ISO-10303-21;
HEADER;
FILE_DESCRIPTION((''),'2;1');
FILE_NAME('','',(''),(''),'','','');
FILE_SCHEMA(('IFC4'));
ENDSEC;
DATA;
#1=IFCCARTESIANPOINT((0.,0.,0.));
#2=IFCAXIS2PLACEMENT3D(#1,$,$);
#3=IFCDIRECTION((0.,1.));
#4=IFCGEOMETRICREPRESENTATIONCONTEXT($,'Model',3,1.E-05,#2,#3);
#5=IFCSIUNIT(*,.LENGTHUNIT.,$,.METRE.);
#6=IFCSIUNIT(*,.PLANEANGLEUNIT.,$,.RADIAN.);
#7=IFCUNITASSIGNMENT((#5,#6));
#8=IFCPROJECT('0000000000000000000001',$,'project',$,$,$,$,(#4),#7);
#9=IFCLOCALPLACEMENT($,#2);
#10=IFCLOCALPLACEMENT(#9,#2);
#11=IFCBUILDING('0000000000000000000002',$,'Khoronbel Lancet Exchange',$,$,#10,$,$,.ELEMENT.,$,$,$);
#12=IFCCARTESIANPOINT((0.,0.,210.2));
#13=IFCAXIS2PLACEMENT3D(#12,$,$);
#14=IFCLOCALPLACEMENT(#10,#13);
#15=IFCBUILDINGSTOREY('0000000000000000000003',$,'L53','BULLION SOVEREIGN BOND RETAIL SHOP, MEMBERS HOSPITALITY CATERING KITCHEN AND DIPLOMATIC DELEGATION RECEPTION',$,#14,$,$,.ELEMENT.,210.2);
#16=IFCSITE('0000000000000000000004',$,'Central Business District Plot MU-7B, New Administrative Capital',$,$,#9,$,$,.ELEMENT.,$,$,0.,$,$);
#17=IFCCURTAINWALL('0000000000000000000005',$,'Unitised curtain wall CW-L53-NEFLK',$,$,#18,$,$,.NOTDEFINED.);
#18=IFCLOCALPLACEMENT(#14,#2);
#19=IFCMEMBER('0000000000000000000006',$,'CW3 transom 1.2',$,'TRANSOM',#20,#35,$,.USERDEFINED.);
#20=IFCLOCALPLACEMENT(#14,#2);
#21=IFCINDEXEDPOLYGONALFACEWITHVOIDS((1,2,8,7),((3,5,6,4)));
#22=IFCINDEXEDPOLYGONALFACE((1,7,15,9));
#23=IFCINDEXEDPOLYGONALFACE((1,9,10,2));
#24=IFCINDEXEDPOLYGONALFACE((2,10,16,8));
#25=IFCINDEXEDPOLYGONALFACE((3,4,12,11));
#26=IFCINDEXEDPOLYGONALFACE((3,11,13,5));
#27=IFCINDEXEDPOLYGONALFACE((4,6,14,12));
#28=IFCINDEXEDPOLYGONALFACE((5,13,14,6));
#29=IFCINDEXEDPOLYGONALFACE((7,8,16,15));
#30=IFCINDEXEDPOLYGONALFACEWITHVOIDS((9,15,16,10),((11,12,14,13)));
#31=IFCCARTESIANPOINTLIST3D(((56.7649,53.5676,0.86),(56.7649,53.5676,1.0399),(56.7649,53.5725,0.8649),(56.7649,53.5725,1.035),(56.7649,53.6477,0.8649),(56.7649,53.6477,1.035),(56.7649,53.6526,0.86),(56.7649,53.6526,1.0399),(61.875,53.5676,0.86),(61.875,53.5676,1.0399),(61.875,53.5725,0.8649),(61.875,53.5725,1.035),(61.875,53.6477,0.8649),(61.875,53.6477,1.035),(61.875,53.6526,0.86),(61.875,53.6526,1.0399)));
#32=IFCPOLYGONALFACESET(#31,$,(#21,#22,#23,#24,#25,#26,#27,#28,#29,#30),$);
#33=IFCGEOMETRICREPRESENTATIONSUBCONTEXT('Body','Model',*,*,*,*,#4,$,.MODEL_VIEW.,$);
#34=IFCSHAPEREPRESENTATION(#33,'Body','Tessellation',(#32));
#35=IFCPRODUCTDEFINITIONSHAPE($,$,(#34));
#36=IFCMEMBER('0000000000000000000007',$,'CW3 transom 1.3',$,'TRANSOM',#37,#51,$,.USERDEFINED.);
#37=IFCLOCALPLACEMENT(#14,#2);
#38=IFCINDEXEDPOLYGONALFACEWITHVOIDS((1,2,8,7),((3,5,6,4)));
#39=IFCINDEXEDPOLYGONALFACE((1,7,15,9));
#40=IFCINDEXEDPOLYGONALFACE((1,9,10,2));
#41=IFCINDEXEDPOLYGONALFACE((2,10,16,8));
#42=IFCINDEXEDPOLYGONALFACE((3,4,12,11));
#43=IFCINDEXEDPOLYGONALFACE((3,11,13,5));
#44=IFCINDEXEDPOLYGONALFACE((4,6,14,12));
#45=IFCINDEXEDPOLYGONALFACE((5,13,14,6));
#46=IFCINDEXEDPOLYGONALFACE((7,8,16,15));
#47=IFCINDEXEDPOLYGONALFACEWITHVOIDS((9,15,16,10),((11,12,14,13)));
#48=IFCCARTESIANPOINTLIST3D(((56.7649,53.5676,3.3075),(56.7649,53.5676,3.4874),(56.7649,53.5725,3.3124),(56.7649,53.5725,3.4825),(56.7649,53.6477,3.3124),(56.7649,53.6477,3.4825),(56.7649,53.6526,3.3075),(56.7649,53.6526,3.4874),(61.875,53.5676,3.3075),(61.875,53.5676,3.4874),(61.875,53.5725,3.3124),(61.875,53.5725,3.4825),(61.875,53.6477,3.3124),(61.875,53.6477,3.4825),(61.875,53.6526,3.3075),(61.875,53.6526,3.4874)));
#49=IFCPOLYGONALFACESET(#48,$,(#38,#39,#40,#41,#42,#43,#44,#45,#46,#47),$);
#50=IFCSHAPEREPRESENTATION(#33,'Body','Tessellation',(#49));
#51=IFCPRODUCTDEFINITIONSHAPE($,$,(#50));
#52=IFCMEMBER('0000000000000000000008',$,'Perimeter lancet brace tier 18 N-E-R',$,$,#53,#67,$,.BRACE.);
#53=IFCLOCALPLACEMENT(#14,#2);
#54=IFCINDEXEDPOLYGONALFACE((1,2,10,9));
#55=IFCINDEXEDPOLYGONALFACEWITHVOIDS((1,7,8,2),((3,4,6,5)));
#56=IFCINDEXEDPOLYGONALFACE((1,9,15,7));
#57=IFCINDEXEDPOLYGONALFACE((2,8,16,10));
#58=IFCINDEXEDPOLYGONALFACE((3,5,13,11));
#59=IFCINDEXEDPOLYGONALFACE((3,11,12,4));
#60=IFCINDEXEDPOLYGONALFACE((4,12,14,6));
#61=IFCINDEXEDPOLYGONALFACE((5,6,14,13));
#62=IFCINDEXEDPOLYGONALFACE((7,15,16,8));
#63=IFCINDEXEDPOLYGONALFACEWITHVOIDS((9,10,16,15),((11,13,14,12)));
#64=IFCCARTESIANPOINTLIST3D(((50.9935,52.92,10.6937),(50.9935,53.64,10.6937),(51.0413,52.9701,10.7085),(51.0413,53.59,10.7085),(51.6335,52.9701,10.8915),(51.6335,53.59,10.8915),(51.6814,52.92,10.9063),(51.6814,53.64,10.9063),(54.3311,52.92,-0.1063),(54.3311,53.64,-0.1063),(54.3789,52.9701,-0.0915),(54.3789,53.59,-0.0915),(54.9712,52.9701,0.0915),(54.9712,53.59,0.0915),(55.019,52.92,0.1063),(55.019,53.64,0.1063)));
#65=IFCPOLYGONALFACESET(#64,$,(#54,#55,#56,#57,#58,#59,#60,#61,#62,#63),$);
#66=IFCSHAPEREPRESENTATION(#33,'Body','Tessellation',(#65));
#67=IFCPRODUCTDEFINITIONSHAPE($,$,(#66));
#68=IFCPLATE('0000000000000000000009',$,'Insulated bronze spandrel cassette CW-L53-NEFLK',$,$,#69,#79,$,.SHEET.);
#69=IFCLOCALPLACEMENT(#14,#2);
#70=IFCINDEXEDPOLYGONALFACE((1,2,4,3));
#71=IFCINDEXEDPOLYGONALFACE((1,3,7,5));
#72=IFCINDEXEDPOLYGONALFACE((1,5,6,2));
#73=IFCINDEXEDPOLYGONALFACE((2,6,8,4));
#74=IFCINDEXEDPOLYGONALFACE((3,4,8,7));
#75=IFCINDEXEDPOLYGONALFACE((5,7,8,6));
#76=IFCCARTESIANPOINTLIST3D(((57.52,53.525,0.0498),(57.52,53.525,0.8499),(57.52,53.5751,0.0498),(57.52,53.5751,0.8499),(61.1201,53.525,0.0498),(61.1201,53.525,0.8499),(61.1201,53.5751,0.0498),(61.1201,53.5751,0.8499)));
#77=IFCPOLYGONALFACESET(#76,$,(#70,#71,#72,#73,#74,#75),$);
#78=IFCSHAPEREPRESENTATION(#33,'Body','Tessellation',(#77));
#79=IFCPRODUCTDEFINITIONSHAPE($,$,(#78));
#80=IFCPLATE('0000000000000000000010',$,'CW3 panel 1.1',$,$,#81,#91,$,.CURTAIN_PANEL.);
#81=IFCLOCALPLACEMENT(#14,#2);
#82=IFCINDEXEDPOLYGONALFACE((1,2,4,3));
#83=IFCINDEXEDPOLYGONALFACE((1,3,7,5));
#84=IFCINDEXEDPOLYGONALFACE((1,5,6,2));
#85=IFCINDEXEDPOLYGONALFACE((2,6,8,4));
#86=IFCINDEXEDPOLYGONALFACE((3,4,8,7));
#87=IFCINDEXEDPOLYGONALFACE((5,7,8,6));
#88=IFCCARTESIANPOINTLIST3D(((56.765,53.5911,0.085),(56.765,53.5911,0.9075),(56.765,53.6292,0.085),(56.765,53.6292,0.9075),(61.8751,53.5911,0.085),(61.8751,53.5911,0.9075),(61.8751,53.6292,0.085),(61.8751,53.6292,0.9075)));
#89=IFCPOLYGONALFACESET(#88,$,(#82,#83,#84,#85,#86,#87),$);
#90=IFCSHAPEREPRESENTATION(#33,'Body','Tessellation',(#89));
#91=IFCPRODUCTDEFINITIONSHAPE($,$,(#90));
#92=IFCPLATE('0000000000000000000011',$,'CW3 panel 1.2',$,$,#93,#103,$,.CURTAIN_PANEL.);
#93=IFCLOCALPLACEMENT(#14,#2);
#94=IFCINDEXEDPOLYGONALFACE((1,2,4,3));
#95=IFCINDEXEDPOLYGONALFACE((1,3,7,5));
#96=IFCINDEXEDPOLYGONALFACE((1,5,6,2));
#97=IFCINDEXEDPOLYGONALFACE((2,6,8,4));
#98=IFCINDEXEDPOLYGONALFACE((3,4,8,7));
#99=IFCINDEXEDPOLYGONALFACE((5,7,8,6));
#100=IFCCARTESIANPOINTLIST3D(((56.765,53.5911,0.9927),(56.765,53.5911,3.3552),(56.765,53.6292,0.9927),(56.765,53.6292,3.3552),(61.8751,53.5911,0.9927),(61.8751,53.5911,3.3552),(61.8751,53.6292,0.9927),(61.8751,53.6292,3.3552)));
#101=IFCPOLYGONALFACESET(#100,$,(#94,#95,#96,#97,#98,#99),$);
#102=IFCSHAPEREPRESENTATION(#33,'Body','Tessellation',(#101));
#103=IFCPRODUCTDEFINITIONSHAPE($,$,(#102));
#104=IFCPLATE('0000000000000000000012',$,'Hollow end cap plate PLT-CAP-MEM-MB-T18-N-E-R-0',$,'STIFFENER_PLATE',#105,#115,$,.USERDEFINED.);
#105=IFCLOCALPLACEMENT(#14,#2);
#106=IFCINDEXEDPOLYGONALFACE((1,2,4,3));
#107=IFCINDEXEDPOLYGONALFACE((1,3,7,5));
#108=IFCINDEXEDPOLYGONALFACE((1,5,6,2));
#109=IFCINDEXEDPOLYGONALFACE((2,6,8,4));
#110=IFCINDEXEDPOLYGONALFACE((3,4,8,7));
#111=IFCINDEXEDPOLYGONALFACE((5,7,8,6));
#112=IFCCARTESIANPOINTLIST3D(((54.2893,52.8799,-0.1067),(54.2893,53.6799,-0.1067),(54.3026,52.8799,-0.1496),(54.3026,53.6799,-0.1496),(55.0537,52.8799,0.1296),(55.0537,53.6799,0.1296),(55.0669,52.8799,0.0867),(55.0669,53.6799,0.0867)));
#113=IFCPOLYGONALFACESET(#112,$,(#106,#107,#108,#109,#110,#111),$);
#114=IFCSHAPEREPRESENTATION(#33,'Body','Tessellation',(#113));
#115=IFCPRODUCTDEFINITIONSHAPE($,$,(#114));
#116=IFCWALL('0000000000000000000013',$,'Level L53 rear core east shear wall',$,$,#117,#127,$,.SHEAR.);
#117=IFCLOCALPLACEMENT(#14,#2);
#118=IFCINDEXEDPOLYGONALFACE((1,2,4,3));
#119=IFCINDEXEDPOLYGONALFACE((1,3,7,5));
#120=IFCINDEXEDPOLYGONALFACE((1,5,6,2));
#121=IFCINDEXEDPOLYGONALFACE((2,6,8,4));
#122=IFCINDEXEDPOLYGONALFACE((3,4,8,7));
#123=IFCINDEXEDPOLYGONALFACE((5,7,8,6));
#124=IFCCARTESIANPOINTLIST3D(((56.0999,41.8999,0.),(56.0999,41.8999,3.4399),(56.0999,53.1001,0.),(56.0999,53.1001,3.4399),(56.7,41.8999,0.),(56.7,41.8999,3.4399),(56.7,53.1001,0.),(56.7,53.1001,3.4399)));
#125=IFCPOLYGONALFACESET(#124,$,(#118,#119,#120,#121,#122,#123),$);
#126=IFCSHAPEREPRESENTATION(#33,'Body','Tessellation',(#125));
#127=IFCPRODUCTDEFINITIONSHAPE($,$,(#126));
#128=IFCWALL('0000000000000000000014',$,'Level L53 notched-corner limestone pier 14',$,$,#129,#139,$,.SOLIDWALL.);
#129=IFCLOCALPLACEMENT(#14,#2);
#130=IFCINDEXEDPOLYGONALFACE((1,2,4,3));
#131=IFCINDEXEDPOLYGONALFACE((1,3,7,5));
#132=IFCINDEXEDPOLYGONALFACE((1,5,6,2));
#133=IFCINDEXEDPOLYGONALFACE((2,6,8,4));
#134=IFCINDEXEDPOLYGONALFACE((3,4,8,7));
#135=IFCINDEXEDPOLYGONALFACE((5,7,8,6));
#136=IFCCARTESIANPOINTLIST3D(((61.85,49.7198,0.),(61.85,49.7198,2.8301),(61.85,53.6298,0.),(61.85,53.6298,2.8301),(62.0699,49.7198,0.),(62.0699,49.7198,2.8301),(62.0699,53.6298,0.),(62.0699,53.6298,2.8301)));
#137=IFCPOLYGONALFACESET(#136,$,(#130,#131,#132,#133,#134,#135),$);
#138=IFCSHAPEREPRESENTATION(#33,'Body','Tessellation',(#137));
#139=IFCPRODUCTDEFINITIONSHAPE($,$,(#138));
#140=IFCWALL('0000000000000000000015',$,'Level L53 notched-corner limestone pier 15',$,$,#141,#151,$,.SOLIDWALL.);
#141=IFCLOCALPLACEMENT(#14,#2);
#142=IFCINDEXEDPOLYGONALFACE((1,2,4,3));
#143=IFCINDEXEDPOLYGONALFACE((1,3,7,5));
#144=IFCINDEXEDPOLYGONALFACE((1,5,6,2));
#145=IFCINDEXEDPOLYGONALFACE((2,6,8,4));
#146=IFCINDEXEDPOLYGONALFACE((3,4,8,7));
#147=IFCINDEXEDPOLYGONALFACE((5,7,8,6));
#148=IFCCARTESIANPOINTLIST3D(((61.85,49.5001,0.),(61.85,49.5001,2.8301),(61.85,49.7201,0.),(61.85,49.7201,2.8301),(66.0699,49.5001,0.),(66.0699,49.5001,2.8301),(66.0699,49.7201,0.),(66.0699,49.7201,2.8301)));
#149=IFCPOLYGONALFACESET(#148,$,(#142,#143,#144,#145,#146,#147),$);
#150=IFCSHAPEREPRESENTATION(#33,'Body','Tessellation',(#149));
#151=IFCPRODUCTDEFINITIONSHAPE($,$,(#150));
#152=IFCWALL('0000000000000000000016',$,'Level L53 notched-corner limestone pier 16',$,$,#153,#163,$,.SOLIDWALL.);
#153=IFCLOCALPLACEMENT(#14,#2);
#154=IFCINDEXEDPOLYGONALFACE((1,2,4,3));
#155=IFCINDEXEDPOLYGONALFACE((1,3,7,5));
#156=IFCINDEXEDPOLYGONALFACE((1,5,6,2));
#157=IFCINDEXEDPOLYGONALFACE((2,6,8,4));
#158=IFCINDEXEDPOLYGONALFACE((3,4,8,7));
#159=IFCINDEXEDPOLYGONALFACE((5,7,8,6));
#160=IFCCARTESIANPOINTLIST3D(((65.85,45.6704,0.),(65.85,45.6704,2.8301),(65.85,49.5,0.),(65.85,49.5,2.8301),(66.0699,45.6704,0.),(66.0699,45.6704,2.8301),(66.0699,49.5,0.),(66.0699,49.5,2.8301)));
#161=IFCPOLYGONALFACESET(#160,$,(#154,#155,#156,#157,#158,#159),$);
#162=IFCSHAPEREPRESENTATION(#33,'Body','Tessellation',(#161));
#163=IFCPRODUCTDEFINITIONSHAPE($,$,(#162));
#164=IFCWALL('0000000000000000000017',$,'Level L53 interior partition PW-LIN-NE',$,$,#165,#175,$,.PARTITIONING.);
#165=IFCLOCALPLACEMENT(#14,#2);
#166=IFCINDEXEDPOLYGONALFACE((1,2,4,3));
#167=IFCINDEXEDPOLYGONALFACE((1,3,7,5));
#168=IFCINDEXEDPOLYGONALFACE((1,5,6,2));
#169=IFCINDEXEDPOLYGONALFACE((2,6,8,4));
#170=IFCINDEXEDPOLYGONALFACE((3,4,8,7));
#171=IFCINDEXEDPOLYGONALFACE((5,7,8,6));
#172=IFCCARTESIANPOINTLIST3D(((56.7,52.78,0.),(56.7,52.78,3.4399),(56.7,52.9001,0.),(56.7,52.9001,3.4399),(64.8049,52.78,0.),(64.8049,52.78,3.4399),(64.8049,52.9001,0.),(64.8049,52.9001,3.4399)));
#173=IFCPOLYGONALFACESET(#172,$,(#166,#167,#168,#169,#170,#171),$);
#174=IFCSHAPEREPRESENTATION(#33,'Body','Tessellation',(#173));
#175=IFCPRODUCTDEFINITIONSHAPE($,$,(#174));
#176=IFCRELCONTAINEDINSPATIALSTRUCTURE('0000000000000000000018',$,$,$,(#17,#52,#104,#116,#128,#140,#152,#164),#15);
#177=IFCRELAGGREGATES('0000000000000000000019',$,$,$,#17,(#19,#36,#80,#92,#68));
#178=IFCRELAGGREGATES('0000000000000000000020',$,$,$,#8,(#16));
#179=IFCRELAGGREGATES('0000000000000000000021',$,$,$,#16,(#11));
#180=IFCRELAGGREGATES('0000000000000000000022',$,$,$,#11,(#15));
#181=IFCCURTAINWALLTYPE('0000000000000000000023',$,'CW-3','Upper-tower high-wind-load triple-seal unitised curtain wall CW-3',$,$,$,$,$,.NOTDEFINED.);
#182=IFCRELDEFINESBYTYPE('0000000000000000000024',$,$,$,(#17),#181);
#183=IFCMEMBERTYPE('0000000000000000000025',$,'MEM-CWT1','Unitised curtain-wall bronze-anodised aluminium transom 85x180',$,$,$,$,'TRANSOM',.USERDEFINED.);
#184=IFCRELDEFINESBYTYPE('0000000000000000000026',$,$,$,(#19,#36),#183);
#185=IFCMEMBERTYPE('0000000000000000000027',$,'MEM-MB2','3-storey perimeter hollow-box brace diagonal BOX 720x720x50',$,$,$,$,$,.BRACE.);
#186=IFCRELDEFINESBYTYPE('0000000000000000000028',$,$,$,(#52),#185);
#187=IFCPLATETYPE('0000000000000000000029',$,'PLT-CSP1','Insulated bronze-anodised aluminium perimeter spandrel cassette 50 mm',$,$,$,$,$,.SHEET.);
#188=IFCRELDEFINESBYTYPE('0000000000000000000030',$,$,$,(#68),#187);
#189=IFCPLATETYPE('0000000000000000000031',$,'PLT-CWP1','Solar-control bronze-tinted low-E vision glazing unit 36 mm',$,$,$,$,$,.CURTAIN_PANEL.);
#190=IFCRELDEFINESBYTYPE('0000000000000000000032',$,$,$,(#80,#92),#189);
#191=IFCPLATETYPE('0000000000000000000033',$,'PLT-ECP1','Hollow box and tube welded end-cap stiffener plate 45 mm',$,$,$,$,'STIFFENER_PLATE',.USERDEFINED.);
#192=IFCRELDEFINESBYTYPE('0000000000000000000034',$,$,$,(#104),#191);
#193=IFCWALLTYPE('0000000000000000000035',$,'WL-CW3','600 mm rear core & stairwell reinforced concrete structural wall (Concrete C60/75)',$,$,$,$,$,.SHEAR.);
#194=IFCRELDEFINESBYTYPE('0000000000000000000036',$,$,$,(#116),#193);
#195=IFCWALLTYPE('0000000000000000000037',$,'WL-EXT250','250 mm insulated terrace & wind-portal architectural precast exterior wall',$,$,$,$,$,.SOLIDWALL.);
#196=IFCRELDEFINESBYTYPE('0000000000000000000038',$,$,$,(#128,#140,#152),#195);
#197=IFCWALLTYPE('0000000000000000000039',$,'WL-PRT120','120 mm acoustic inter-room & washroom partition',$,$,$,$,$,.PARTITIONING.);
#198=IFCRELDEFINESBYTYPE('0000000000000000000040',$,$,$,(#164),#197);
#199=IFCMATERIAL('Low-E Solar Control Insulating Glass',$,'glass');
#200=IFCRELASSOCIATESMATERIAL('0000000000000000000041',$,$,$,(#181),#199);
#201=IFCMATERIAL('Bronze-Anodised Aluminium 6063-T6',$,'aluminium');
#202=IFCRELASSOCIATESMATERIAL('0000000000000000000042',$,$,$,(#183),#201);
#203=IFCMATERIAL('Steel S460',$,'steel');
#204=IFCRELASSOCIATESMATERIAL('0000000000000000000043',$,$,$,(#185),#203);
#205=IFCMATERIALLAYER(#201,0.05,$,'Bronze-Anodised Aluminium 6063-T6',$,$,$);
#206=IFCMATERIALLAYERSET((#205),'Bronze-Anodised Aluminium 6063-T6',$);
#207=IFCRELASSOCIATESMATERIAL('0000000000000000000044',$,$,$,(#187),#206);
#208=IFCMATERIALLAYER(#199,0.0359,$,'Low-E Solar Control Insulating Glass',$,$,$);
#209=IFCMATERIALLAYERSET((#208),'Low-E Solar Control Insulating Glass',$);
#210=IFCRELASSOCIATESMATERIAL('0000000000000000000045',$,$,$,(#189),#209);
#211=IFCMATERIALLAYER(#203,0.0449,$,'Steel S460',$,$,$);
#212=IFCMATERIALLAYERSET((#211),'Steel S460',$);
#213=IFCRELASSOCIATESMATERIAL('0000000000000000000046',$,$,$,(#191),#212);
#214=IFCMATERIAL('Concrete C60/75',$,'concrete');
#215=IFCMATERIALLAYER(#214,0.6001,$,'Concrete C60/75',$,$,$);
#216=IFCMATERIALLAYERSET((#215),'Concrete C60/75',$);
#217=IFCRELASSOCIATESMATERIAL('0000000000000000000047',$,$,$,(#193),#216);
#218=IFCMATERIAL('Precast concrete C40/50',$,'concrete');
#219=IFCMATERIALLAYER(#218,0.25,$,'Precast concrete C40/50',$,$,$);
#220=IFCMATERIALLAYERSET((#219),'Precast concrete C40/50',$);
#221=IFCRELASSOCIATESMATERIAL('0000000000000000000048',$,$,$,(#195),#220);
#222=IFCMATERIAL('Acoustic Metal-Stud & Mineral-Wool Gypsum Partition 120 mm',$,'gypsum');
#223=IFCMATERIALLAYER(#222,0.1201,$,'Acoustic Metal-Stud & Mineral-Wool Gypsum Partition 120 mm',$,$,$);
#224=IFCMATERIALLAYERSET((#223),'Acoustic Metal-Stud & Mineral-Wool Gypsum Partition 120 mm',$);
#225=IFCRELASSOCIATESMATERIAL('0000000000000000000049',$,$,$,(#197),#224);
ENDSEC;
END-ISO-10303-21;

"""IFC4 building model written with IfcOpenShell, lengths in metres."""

from ifc_helpers import new_model, si_unit, direction, frame, frame_2d, origin, origin_2d, place, context, subcontext, project, spatial, polyline, rectangle, hollow_rectangle, outline, extrude, material, layer, layer_set, material_profile, profile_set, type_object, element, aggregate, save


model = new_model("IFC4")

# Units and contexts
model_context = context("Model", 3, precision=1e-05, world=origin(), true_north=direction((0.0, 1.0)))
body_context = subcontext(model_context, "Body", "Model", "MODEL_VIEW")
ifc_project = project(units=[si_unit("LENGTHUNIT", "METRE"), si_unit("PLANEANGLEUNIT", "RADIAN")], contexts=[model_context])

# Site, building, storey
site_placement = place(None, origin())
site = spatial("IfcSite", under=ifc_project, at=site_placement, Name="Central Business District Plot MU-7B, New Administrative Capital", CompositionType="ELEMENT", RefElevation=0.0)
building_placement = place(site_placement, origin())
building = spatial("IfcBuilding", under=site, at=building_placement, Name="Khoronbel Lancet Exchange", CompositionType="ELEMENT")
storey_placement = place(building_placement, frame((0.0, 0.0, 210.2)))
storey = spatial("IfcBuildingStorey", under=building, at=storey_placement, Name="L53", Description="BULLION SOVEREIGN BOND RETAIL SHOP, MEMBERS HOSPITALITY CATERING KITCHEN AND DIPLOMATIC DELEGATION RECEPTION", CompositionType="ELEMENT", Elevation=210.2)

# Shared definitions
ifc_material_1 = material(Name="Steel S460", Category="steel")

# Curtain wall
ifc_material_2 = material(Name="Low-E Solar Control Insulating Glass", Category="glass")
curtain_wall_type_1 = type_object("IfcCurtainWallType", Name="CW-3", Description="Upper-tower high-wind-load triple-seal unitised curtain wall CW-3", PredefinedType="NOTDEFINED", material=ifc_material_2)
curtain_wall_1_placement = place(storey_placement, origin())
curtain_wall_1 = element("IfcCurtainWall", 1, at=curtain_wall_1_placement, inside=storey, type_object=curtain_wall_type_1, Name="Unitised curtain wall CW-L53-NEFLK", PredefinedType="NOTDEFINED")
ifc_material_3 = material(Name="Bronze-Anodised Aluminium 6063-T6", Category="aluminium")

# Members
ifc_material_profile_1 = material_profile(ifc_material_3, hollow_rectangle(XDim=0.085, YDim=0.1799, WallThickness=0.0049, at=origin_2d()), Name="ALU TRANSOM 85x180")
ifc_profile_set_1 = profile_set([ifc_material_profile_1], Name="Bronze-Anodised Aluminium 6063-T6")
member_type_1 = type_object("IfcMemberType", Name="MEM-CWT1", Description="Unitised curtain-wall bronze-anodised aluminium transom 85x180", ElementType="TRANSOM", PredefinedType="USERDEFINED", material=ifc_profile_set_1)
member_1_placement = place(storey_placement, frame((61.875, 53.6101, 0.95), z_axis=(-1.0, 0.0, 0.0), x_axis=(0.0, -1.0, 0.0)))
member_1 = element("IfcMember", 2, at=member_1_placement, type_object=member_type_1, Name="CW3 transom 1.2", ObjectType="TRANSOM", PredefinedType="USERDEFINED", context=body_context, shape_type="SweptSolid", body=[
    extrude(hollow_rectangle(XDim=0.085, YDim=0.1799, WallThickness=0.0049, at=origin_2d()), origin(), (0.0, 0.0, 1.0), 5.1101),
])
member_2_placement = place(storey_placement, frame((61.875, 53.6101, 3.3975), z_axis=(-1.0, 0.0, 0.0), x_axis=(0.0, -1.0, 0.0)))
member_2 = element("IfcMember", 3, at=member_2_placement, type_object=member_type_1, Name="CW3 transom 1.3", ObjectType="TRANSOM", PredefinedType="USERDEFINED", context=body_context, shape_type="SweptSolid", body=[
    extrude(hollow_rectangle(XDim=0.085, YDim=0.1799, WallThickness=0.0049, at=origin_2d()), origin(), (0.0, 0.0, 1.0), 5.1101),
])
ifc_material_profile_2 = material_profile(ifc_material_1, hollow_rectangle(XDim=0.72, YDim=0.72, WallThickness=0.05, at=origin_2d()), Name="BOX 720x720x50")
ifc_profile_set_2 = profile_set([ifc_material_profile_2], Name="Steel S460")
member_type_2 = type_object("IfcMemberType", Name="MEM-MB2", Description="3-storey perimeter hollow-box brace diagonal BOX 720x720x50", PredefinedType="BRACE", material=ifc_profile_set_2)
member_3_placement = place(storey_placement, frame((54.675, 53.28, 0.0), z_axis=(-0.295262, 0.0, 0.955416), x_axis=(0.0, -1.0, 0.0)))
element("IfcMember", 4, at=member_3_placement, inside=storey, type_object=member_type_2, Name="Perimeter lancet brace tier 18 N-E-R", PredefinedType="BRACE", context=body_context, shape_type="SweptSolid", body=[
    extrude(hollow_rectangle(XDim=0.72, YDim=0.72, WallThickness=0.05, at=origin_2d()), origin(), (0.0, 0.0, 1.0), 11.304),
])

# Plates
ifc_layer_1 = layer(ifc_material_3, 0.05, Name="Bronze-Anodised Aluminium 6063-T6")
ifc_layer_set_1 = layer_set([ifc_layer_1], Name="Bronze-Anodised Aluminium 6063-T6")
plate_type_1 = type_object("IfcPlateType", Name="PLT-CSP1", Description="Insulated bronze-anodised aluminium perimeter spandrel cassette 50 mm", PredefinedType="SHEET", material=ifc_layer_set_1)
plate_1_placement = place(storey_placement, frame((59.3201, 53.55, 0.0498), z_axis=(0.0, 0.0, 1.0), x_axis=(-1.0, 0.0, 0.0)))
plate_1 = element("IfcPlate", 5, at=plate_1_placement, type_object=plate_type_1, Name="Insulated bronze spandrel cassette CW-L53-NEFLK", PredefinedType="SHEET", context=body_context, shape_type="SweptSolid", body=[
    extrude(rectangle(XDim=3.6001, YDim=0.05, at=origin_2d()), origin(), (0.0, 0.0, 1.0), 0.8),
])
ifc_layer_2 = layer(ifc_material_2, 0.0359, Name="Low-E Solar Control Insulating Glass")
ifc_layer_set_2 = layer_set([ifc_layer_2], Name="Low-E Solar Control Insulating Glass")
plate_type_2 = type_object("IfcPlateType", Name="PLT-CWP1", Description="Solar-control bronze-tinted low-E vision glazing unit 36 mm", PredefinedType="CURTAIN_PANEL", material=ifc_layer_set_2)
plate_2_placement = place(storey_placement, frame((59.3201, 53.6101, 0.085), z_axis=(0.0, 0.0, 1.0), x_axis=(-1.0, 0.0, 0.0)))
plate_2 = element("IfcPlate", 6, at=plate_2_placement, type_object=plate_type_2, Name="CW3 panel 1.1", PredefinedType="CURTAIN_PANEL", context=body_context, shape_type="SweptSolid", body=[
    extrude(rectangle(XDim=5.1101, YDim=0.0381, at=origin_2d()), origin(), (0.0, 0.0, 1.0), 0.8225),
])
plate_3_placement = place(storey_placement, frame((59.3201, 53.6101, 0.9927), z_axis=(0.0, 0.0, 1.0), x_axis=(-1.0, 0.0, 0.0)))
plate_3 = element("IfcPlate", 7, at=plate_3_placement, type_object=plate_type_2, Name="CW3 panel 1.2", PredefinedType="CURTAIN_PANEL", context=body_context, shape_type="SweptSolid", body=[
    extrude(rectangle(XDim=5.1101, YDim=0.0381, at=origin_2d()), origin(), (0.0, 0.0, 1.0), 2.3625),
])
aggregate(curtain_wall_1, [member_1, member_2, plate_2, plate_3, plate_1])
ifc_layer_3 = layer(ifc_material_1, 0.0449, Name="Steel S460")
ifc_layer_set_3 = layer_set([ifc_layer_3], Name="Steel S460")
plate_type_3 = type_object("IfcPlateType", Name="PLT-ECP1", Description="Hollow box and tube welded end-cap stiffener plate 45 mm", ElementType="STIFFENER_PLATE", PredefinedType="USERDEFINED", material=ifc_layer_set_3)
plate_4_placement = place(storey_placement, frame((54.2893, 53.6799, -0.1067), z_axis=(-0.295372, 0.0, 0.955382), x_axis=(0.0, -1.0, 0.0)))
element("IfcPlate", 8, at=plate_4_placement, inside=storey, type_object=plate_type_3, Name="Hollow end cap plate PLT-CAP-MEM-MB-T18-N-E-R-0", ObjectType="STIFFENER_PLATE", PredefinedType="USERDEFINED", context=body_context, shape_type="SweptSolid", body=[
    extrude(outline(polyline([(0.0, 0.0), (0.8, 0.0), (0.8, 0.8), (0.0, 0.8), (0.0, 0.0)])), origin(), (0.0, 0.0, -1.0), 0.0449),
])

# Walls
ifc_material_4 = material(Name="Concrete C60/75", Category="concrete")
ifc_layer_4 = layer(ifc_material_4, 0.6001, Name="Concrete C60/75")
ifc_layer_set_4 = layer_set([ifc_layer_4], Name="Concrete C60/75")
wall_type_1 = type_object("IfcWallType", Name="WL-CW3", Description="600 mm rear core & stairwell reinforced concrete structural wall (Concrete C60/75)", PredefinedType="SHEAR", material=ifc_layer_set_4)
wall_1_placement = place(storey_placement, frame((56.3999, 53.1001, 0.0), z_axis=(0.0, 0.0, 1.0), x_axis=(0.0, -1.0, 0.0)))
element("IfcWall", 9, at=wall_1_placement, inside=storey, type_object=wall_type_1, Name="Level L53 rear core east shear wall", PredefinedType="SHEAR", context=body_context, shape_type="SweptSolid", body=[
    extrude(rectangle(XDim=11.2002, YDim=0.6001, at=frame_2d((5.6001, 0.0))), origin(), (0.0, 0.0, 1.0), 3.4399),
])
ifc_material_5 = material(Name="Precast concrete C40/50", Category="concrete")
ifc_layer_5 = layer(ifc_material_5, 0.25, Name="Precast concrete C40/50")
ifc_layer_set_5 = layer_set([ifc_layer_5], Name="Precast concrete C40/50")
wall_type_2 = type_object("IfcWallType", Name="WL-EXT250", Description="250 mm insulated terrace & wind-portal architectural precast exterior wall", PredefinedType="SOLIDWALL", material=ifc_layer_set_5)
wall_2_placement = place(storey_placement, frame((61.96, 53.6299, 0.0), z_axis=(0.0, 0.0, 1.0), x_axis=(0.0, -1.0, 0.0)))
element("IfcWall", 10, at=wall_2_placement, inside=storey, type_object=wall_type_2, Name="Level L53 notched-corner limestone pier 14", PredefinedType="SOLIDWALL", context=body_context, shape_type="SweptSolid", body=[
    extrude(rectangle(XDim=3.9099, YDim=0.22, at=frame_2d((1.9551, 0.0))), origin(), (0.0, 0.0, 1.0), 2.8301),
])
wall_3_placement = place(storey_placement, frame((61.8501, 49.6101, 0.0), z_axis=(0.0, 0.0, 1.0), x_axis=(1.0, 0.0, 0.0)))
element("IfcWall", 11, at=wall_3_placement, inside=storey, type_object=wall_type_2, Name="Level L53 notched-corner limestone pier 15", PredefinedType="SOLIDWALL", context=body_context, shape_type="SweptSolid", body=[
    extrude(rectangle(XDim=4.22, YDim=0.22, at=frame_2d((2.1099, 0.0))), origin(), (0.0, 0.0, 1.0), 2.8301),
])
wall_4_placement = place(storey_placement, frame((65.96, 49.5, 0.0), z_axis=(0.0, 0.0, 1.0), x_axis=(0.0, -1.0, 0.0)))
element("IfcWall", 12, at=wall_4_placement, inside=storey, type_object=wall_type_2, Name="Level L53 notched-corner limestone pier 16", PredefinedType="SOLIDWALL", context=body_context, shape_type="SweptSolid", body=[
    extrude(rectangle(XDim=3.8296, YDim=0.22, at=frame_2d((1.9148, 0.0))), origin(), (0.0, 0.0, 1.0), 2.8301),
])
ifc_material_6 = material(Name="Acoustic Metal-Stud & Mineral-Wool Gypsum Partition 120 mm", Category="gypsum")
ifc_layer_6 = layer(ifc_material_6, 0.1201, Name="Acoustic Metal-Stud & Mineral-Wool Gypsum Partition 120 mm")
ifc_layer_set_6 = layer_set([ifc_layer_6], Name="Acoustic Metal-Stud & Mineral-Wool Gypsum Partition 120 mm")
wall_type_3 = type_object("IfcWallType", Name="WL-PRT120", Description="120 mm acoustic inter-room & washroom partition", PredefinedType="PARTITIONING", material=ifc_layer_set_6)
wall_5_placement = place(storey_placement, frame((56.7, 52.8401, 0.0), z_axis=(0.0, 0.0, 1.0), x_axis=(1.0, 0.0, 0.0)))
element("IfcWall", 13, at=wall_5_placement, inside=storey, type_object=wall_type_3, Name="Level L53 interior partition PW-LIN-NE", PredefinedType="PARTITIONING", context=body_context, shape_type="SweptSolid", body=[
    extrude(rectangle(XDim=8.105, YDim=0.1201, at=frame_2d((4.0525, 0.0))), origin(), (0.0, 0.0, 1.0), 3.4399),
])

save(model, "model.ifc")
